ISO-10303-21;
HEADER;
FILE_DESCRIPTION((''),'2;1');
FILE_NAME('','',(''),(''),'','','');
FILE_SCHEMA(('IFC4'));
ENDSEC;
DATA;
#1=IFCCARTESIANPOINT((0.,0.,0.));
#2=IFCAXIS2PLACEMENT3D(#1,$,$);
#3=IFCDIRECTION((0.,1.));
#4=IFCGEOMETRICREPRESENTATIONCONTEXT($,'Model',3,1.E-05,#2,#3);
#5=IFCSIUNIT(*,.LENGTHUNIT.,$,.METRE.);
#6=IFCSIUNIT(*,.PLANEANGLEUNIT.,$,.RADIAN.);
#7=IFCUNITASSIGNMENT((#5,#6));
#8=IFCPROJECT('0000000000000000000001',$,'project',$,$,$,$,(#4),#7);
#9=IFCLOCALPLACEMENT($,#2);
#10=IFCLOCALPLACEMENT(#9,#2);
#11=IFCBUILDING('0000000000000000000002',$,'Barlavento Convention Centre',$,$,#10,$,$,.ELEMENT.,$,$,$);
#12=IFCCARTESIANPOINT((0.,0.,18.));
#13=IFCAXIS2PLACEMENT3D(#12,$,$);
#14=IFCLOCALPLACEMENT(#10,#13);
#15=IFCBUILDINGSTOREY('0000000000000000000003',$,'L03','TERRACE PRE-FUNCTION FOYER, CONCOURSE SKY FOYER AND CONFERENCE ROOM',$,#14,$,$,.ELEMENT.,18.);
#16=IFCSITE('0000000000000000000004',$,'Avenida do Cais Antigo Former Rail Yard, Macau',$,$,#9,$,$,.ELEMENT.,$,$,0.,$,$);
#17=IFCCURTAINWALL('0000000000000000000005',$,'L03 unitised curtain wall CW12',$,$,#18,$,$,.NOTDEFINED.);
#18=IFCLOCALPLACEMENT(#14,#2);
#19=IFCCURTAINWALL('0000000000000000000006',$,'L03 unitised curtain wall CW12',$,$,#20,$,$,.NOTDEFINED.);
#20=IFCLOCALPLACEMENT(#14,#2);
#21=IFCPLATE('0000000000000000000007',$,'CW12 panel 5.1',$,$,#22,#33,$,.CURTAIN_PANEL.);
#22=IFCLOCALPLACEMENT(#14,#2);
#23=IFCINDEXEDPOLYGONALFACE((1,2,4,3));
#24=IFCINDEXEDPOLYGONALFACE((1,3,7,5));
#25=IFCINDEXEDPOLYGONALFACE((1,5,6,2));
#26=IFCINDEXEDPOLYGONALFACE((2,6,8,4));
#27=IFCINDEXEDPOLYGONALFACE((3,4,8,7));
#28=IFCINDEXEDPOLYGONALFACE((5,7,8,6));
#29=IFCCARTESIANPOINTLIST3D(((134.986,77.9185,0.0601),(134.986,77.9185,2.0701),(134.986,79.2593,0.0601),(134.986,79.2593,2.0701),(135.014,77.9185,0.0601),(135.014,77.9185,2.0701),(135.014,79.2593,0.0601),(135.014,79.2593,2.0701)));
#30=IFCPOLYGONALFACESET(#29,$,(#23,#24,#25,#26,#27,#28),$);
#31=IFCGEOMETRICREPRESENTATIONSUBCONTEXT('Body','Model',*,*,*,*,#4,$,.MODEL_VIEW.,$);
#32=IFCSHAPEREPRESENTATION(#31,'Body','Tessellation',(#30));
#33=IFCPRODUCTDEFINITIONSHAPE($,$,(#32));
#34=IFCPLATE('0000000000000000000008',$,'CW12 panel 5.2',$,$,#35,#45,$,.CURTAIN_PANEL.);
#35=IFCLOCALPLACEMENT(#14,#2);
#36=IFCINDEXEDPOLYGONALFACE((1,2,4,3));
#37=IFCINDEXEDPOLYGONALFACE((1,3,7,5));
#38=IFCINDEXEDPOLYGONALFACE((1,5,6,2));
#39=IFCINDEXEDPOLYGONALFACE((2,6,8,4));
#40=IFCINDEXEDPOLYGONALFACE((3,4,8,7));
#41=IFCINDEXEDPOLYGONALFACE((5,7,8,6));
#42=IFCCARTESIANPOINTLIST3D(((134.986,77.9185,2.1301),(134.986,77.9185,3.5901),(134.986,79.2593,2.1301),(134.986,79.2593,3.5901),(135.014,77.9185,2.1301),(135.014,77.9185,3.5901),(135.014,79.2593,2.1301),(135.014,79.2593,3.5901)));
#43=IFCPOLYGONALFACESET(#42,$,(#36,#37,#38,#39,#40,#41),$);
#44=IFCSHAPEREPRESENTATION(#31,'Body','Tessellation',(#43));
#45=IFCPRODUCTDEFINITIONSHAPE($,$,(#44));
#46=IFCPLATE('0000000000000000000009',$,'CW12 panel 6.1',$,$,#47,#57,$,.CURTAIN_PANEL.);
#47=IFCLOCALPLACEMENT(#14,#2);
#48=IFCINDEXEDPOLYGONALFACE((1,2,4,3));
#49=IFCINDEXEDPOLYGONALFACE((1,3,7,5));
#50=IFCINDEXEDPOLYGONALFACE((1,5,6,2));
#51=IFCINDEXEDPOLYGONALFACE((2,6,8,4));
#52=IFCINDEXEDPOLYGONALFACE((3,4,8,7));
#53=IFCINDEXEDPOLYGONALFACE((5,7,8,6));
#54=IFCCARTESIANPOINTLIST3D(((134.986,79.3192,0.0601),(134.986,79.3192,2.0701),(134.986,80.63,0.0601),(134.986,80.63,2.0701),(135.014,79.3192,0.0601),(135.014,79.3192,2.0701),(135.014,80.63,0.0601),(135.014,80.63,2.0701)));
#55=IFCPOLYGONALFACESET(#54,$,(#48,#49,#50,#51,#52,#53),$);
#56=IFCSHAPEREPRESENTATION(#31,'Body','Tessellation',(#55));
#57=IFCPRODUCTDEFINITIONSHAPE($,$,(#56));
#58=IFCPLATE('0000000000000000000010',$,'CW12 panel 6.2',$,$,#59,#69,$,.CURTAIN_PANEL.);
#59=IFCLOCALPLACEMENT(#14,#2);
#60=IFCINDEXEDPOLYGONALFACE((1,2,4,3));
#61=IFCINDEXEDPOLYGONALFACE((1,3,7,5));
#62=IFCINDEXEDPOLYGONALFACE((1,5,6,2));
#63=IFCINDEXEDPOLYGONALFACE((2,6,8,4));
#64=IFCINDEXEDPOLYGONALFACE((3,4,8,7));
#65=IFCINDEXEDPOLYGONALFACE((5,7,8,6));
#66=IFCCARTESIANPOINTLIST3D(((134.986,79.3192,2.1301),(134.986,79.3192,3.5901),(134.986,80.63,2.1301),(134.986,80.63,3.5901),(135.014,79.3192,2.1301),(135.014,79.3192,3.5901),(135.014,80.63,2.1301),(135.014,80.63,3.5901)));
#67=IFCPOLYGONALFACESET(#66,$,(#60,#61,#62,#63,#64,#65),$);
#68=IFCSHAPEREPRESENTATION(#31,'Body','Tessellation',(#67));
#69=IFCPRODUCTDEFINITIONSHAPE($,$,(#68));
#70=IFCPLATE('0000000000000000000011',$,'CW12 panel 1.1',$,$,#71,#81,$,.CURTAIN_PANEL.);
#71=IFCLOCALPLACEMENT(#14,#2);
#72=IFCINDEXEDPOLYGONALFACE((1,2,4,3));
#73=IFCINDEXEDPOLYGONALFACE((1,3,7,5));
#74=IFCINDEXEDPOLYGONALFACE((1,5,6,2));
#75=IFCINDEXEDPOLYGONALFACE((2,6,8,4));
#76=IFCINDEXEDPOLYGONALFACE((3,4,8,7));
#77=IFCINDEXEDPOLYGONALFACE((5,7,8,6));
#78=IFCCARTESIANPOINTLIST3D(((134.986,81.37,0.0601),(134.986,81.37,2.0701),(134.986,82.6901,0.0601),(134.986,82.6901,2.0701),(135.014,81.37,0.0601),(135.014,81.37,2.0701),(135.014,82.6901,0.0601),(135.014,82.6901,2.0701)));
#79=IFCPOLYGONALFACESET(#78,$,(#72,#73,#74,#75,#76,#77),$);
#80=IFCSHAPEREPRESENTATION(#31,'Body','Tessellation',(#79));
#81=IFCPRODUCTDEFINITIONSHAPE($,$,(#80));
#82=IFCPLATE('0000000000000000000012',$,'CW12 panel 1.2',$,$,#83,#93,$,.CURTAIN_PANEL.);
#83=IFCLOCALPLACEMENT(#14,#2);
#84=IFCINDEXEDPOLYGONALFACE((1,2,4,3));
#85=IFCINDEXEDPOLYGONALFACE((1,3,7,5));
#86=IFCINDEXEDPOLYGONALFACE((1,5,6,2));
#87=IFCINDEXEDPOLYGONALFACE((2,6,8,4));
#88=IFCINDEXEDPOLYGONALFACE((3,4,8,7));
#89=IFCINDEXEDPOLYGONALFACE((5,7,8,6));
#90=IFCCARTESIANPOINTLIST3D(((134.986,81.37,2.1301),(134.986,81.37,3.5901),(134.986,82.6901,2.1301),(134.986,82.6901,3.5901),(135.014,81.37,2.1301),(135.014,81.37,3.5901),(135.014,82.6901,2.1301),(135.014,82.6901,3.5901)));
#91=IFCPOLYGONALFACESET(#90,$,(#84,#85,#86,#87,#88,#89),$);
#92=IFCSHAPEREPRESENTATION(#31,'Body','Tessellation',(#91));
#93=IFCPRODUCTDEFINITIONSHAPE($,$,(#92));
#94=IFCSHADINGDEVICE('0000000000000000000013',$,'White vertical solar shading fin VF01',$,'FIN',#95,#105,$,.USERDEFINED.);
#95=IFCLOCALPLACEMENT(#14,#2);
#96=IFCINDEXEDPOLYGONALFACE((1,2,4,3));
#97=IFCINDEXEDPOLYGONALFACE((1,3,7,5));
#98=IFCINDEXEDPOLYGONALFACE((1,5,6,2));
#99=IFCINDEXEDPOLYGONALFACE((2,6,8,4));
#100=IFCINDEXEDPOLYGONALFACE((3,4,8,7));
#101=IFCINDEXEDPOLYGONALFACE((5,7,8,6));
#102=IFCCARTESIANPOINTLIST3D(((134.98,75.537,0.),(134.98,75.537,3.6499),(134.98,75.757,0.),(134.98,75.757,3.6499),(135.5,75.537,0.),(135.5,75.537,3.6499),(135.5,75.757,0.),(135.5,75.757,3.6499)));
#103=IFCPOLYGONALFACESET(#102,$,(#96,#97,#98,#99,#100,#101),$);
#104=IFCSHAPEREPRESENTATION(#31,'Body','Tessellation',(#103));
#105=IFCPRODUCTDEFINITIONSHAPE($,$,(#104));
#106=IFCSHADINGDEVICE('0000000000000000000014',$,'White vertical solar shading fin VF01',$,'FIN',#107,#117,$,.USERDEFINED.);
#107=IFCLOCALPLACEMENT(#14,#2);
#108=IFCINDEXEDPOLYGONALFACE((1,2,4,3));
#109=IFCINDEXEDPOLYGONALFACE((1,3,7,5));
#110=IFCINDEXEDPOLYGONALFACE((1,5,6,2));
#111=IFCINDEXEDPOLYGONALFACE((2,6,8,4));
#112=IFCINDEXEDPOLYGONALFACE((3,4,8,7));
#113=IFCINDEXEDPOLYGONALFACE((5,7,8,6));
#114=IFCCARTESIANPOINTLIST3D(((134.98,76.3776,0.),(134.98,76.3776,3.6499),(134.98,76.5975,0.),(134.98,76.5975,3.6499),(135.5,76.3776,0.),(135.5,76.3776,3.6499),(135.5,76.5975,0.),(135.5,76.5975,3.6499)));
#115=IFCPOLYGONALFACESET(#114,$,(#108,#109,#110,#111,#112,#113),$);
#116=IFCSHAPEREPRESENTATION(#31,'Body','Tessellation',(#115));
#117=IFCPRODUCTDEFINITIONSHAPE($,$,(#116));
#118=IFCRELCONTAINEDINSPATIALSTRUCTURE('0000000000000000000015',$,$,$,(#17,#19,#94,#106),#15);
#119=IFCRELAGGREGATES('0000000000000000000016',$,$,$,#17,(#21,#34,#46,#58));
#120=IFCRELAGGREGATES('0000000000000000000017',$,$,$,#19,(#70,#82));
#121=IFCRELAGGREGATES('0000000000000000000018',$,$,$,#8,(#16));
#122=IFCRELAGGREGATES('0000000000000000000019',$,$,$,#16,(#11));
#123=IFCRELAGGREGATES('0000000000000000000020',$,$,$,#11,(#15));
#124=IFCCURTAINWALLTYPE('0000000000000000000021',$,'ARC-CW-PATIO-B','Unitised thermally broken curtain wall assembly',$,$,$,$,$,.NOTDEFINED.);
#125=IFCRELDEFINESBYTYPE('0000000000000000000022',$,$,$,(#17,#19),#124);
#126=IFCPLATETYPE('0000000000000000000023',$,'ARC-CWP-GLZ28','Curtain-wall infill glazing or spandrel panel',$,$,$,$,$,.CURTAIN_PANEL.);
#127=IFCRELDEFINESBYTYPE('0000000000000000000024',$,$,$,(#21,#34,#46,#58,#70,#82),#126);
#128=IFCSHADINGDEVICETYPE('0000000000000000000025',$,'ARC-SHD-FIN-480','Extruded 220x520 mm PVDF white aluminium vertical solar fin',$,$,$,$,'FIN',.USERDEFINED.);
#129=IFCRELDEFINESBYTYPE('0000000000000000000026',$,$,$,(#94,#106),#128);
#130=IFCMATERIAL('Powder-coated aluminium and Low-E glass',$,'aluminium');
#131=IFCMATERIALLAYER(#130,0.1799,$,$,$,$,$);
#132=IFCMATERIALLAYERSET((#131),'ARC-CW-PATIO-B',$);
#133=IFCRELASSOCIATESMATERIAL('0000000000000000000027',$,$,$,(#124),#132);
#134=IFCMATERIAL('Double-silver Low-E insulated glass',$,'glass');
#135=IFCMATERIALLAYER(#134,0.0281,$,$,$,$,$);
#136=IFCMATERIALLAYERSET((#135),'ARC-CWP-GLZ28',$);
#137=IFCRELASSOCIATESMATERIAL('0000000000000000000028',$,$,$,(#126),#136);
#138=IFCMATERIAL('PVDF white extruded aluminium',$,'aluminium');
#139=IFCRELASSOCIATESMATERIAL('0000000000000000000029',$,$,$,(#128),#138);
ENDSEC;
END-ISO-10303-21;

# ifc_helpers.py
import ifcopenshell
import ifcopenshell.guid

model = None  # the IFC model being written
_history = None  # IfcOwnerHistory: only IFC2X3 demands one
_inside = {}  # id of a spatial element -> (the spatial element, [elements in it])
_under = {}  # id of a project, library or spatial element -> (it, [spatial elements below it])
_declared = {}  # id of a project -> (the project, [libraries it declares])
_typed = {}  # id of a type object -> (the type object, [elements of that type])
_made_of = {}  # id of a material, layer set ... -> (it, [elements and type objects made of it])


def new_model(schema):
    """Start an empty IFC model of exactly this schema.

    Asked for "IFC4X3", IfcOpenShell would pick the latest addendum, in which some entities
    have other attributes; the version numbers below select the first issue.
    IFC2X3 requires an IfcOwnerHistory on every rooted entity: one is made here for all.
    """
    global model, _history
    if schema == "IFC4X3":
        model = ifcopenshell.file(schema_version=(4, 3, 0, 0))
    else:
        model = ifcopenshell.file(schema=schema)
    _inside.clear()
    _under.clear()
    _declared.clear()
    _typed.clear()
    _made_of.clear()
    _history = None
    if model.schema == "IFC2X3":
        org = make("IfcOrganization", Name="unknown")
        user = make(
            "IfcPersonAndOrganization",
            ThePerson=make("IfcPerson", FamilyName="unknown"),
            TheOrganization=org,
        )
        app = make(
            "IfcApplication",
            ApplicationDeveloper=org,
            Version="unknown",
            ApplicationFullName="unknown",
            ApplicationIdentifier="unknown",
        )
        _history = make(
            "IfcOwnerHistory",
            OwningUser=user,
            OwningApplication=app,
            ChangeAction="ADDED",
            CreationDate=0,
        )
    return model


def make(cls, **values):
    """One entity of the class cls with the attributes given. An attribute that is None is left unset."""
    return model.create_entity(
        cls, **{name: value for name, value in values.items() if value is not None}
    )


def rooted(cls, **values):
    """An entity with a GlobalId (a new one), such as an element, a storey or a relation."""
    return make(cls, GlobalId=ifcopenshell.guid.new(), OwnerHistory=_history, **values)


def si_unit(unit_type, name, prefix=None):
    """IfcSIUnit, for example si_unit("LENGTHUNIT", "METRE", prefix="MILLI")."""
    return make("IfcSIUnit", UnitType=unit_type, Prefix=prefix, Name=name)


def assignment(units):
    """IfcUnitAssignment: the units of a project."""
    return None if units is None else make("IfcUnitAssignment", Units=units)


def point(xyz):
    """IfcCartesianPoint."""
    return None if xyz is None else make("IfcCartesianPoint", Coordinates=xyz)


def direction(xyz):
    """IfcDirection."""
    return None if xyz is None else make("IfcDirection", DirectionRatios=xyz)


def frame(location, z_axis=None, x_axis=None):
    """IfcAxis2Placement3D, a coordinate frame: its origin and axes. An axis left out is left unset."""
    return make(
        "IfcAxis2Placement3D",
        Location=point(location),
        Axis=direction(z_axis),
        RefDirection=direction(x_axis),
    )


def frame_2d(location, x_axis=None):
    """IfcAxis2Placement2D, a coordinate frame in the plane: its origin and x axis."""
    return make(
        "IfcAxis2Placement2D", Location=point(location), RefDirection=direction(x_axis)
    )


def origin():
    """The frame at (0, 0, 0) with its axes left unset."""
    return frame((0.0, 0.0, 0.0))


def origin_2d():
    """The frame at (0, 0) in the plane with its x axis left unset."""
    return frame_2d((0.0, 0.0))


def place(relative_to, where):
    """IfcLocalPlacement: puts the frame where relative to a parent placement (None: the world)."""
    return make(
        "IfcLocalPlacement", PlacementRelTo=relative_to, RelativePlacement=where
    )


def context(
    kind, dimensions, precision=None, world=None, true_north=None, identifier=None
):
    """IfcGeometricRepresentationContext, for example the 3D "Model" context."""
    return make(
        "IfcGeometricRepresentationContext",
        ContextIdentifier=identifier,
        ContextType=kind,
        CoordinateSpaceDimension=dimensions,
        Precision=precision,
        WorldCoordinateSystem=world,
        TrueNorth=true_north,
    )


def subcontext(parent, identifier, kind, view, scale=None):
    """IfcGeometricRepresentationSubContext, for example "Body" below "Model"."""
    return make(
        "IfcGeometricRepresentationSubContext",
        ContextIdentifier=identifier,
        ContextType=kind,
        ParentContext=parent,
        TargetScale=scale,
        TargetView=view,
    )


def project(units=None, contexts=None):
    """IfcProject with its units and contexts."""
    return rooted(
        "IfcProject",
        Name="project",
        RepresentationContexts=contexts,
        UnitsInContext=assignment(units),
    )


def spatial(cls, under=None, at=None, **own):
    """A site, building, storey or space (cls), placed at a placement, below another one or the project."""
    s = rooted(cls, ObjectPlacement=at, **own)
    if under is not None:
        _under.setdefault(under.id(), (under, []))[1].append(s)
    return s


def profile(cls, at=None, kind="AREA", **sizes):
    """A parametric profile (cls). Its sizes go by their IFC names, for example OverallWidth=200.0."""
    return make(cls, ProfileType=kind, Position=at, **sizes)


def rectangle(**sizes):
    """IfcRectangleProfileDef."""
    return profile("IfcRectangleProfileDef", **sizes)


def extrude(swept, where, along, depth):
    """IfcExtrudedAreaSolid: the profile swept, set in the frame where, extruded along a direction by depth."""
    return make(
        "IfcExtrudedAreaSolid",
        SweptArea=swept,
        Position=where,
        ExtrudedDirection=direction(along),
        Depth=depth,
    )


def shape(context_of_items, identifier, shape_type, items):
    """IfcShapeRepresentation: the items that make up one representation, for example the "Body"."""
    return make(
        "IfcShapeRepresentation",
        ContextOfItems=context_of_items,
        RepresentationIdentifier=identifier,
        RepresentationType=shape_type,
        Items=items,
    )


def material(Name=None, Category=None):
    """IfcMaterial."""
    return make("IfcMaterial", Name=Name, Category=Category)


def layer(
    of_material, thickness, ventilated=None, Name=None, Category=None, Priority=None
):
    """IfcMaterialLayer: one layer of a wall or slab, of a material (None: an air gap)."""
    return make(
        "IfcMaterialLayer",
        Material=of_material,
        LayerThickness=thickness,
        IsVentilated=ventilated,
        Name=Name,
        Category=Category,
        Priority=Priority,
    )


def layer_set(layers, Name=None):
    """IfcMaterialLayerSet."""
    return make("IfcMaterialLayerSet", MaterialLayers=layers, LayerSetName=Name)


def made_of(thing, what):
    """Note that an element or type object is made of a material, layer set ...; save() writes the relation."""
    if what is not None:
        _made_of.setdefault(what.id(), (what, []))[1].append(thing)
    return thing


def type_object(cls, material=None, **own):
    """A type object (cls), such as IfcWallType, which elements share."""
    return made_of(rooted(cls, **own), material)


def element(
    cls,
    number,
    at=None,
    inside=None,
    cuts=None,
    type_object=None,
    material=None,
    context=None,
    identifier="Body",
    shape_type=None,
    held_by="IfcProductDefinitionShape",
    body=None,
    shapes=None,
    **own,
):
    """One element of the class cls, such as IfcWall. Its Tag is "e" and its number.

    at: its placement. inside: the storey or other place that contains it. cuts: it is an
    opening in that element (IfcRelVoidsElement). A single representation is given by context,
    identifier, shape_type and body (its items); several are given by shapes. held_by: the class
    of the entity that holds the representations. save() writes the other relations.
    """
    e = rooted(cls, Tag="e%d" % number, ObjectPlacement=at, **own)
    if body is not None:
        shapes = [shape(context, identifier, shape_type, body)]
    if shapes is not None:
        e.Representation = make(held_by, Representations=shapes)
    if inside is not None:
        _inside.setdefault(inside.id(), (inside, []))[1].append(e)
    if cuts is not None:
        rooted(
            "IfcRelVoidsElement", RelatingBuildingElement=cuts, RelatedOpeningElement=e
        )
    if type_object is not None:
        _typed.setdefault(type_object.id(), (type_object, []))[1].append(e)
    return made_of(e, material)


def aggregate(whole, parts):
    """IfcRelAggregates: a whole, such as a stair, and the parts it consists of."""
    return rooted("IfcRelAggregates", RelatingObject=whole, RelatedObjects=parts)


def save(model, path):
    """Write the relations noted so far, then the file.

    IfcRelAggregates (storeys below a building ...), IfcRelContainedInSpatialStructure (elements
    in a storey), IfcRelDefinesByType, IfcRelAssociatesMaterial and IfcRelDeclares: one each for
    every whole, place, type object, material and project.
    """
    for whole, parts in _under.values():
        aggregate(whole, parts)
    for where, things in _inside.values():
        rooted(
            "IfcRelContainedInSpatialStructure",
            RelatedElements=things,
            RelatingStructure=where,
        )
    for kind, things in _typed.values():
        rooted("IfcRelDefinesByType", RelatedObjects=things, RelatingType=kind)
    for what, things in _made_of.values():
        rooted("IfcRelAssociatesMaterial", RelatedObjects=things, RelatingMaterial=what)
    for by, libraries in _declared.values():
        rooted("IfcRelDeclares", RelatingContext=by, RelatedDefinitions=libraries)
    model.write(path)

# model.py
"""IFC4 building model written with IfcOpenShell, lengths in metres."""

from ifc_helpers import new_model, si_unit, direction, frame, origin, origin_2d, place, context, subcontext, project, spatial, rectangle, extrude, material, layer, layer_set, type_object, element, aggregate, save


model = new_model("IFC4")

# Units and contexts
model_context = context("Model", 3, precision=1e-05, world=origin(), true_north=direction((0.0, 1.0)))
body_context = subcontext(model_context, "Body", "Model", "MODEL_VIEW")
ifc_project = project(units=[si_unit("LENGTHUNIT", "METRE"), si_unit("PLANEANGLEUNIT", "RADIAN")], contexts=[model_context])

# Site, building, storey
site_placement = place(None, origin())
site = spatial("IfcSite", under=ifc_project, at=site_placement, Name="Avenida do Cais Antigo Former Rail Yard, Macau", CompositionType="ELEMENT", RefElevation=0.0)
building_placement = place(site_placement, origin())
building = spatial("IfcBuilding", under=site, at=building_placement, Name="Barlavento Convention Centre", CompositionType="ELEMENT")
storey_placement = place(building_placement, frame((0.0, 0.0, 18.0)))
storey = spatial("IfcBuildingStorey", under=building, at=storey_placement, Name="L03", Description="TERRACE PRE-FUNCTION FOYER, CONCOURSE SKY FOYER AND CONFERENCE ROOM", CompositionType="ELEMENT", Elevation=18.0)

# Curtain wall
ifc_material_1 = material(Name="Powder-coated aluminium and Low-E glass", Category="aluminium")
ifc_layer_1 = layer(ifc_material_1, 0.1799)
ifc_layer_set_1 = layer_set([ifc_layer_1], Name="ARC-CW-PATIO-B")
curtain_wall_type = type_object("IfcCurtainWallType", Name="ARC-CW-PATIO-B", Description="Unitised thermally broken curtain wall assembly", PredefinedType="NOTDEFINED", material=ifc_layer_set_1)
curtain_wall_1_placement = place(storey_placement, origin())
curtain_wall_1 = element("IfcCurtainWall", 1, at=curtain_wall_1_placement, inside=storey, type_object=curtain_wall_type, Name="L03 unitised curtain wall CW12", PredefinedType="NOTDEFINED")

# Curtain wall
curtain_wall_2_placement = place(storey_placement, origin())
curtain_wall_2 = element("IfcCurtainWall", 2, at=curtain_wall_2_placement, inside=storey, type_object=curtain_wall_type, Name="L03 unitised curtain wall CW12", PredefinedType="NOTDEFINED")

# Plates
ifc_material_2 = material(Name="Double-silver Low-E insulated glass", Category="glass")
ifc_layer_2 = layer(ifc_material_2, 0.0281)
ifc_layer_set_2 = layer_set([ifc_layer_2], Name="ARC-CWP-GLZ28")
plate_type = type_object("IfcPlateType", Name="ARC-CWP-GLZ28", Description="Curtain-wall infill glazing or spandrel panel", PredefinedType="CURTAIN_PANEL", material=ifc_layer_set_2)
plate_1_placement = place(storey_placement, frame((135.0, 78.5889, 0.0601), z_axis=(0.0, 0.0, 1.0), x_axis=(0.0, 1.0, 0.0)))
plate_1 = element("IfcPlate", 3, at=plate_1_placement, type_object=plate_type, Name="CW12 panel 5.1", PredefinedType="CURTAIN_PANEL", context=body_context, shape_type="SweptSolid", body=[
    extrude(rectangle(XDim=1.3408, YDim=0.0281, at=origin_2d()), origin(), (0.0, 0.0, 1.0), 2.01),
])
plate_2_placement = place(storey_placement, frame((135.0, 78.5889, 2.1301), z_axis=(0.0, 0.0, 1.0), x_axis=(0.0, 1.0, 0.0)))
plate_2 = element("IfcPlate", 4, at=plate_2_placement, type_object=plate_type, Name="CW12 panel 5.2", PredefinedType="CURTAIN_PANEL", context=body_context, shape_type="SweptSolid", body=[
    extrude(rectangle(XDim=1.3408, YDim=0.0281, at=origin_2d()), origin(), (0.0, 0.0, 1.0), 1.46),
])
plate_3_placement = place(storey_placement, frame((135.0, 79.9746, 0.0601), z_axis=(0.0, 0.0, 1.0), x_axis=(0.0, 1.0, 0.0)))
plate_3 = element("IfcPlate", 5, at=plate_3_placement, type_object=plate_type, Name="CW12 panel 6.1", PredefinedType="CURTAIN_PANEL", context=body_context, shape_type="SweptSolid", body=[
    extrude(rectangle(XDim=1.3108, YDim=0.0281, at=origin_2d()), origin(), (0.0, 0.0, 1.0), 2.01),
])
plate_4_placement = place(storey_placement, frame((135.0, 79.9746, 2.1301), z_axis=(0.0, 0.0, 1.0), x_axis=(0.0, 1.0, 0.0)))
plate_4 = element("IfcPlate", 6, at=plate_4_placement, type_object=plate_type, Name="CW12 panel 6.2", PredefinedType="CURTAIN_PANEL", context=body_context, shape_type="SweptSolid", body=[
    extrude(rectangle(XDim=1.3108, YDim=0.0281, at=origin_2d()), origin(), (0.0, 0.0, 1.0), 1.46),
])
aggregate(curtain_wall_1, [plate_1, plate_2, plate_3, plate_4])
plate_5_placement = place(storey_placement, frame((135.0, 82.03, 0.0601), z_axis=(0.0, 0.0, 1.0), x_axis=(0.0, 1.0, 0.0)))
plate_5 = element("IfcPlate", 7, at=plate_5_placement, type_object=plate_type, Name="CW12 panel 1.1", PredefinedType="CURTAIN_PANEL", context=body_context, shape_type="SweptSolid", body=[
    extrude(rectangle(XDim=1.3201, YDim=0.0281, at=origin_2d()), origin(), (0.0, 0.0, 1.0), 2.01),
])
plate_6_placement = place(storey_placement, frame((135.0, 82.03, 2.1301), z_axis=(0.0, 0.0, 1.0), x_axis=(0.0, 1.0, 0.0)))
plate_6 = element("IfcPlate", 8, at=plate_6_placement, type_object=plate_type, Name="CW12 panel 1.2", PredefinedType="CURTAIN_PANEL", context=body_context, shape_type="SweptSolid", body=[
    extrude(rectangle(XDim=1.3201, YDim=0.0281, at=origin_2d()), origin(), (0.0, 0.0, 1.0), 1.46),
])
aggregate(curtain_wall_2, [plate_5, plate_6])

# Shading devices
ifc_material_3 = material(Name="PVDF white extruded aluminium", Category="aluminium")
shading_device_type = type_object("IfcShadingDeviceType", Name="ARC-SHD-FIN-480", Description="Extruded 220x520 mm PVDF white aluminium vertical solar fin", ElementType="FIN", PredefinedType="USERDEFINED", material=ifc_material_3)
for number, where, z_axis, x_axis, name in (
    (9, (135.24, 75.647, 0.0), (0.0, 0.0, 1.0), (0.0, 1.0, 0.0), "White vertical solar shading fin VF01"),
    (10, (135.24, 76.4875, 0.0), (0.0, 0.0, 1.0), (0.0, 1.0, 0.0), "White vertical solar shading fin VF01"),
):
    element("IfcShadingDevice", number, at=place(storey_placement, frame(where, z_axis=z_axis, x_axis=x_axis)), inside=storey, type_object=shading_device_type, Name=name, ObjectType="FIN", PredefinedType="USERDEFINED", context=body_context, shape_type="SweptSolid", body=[
        extrude(rectangle(XDim=0.22, YDim=0.52, at=origin_2d()), origin(), (0.0, 0.0, 1.0), 3.6499),
    ])

save(model, "model.ifc")
